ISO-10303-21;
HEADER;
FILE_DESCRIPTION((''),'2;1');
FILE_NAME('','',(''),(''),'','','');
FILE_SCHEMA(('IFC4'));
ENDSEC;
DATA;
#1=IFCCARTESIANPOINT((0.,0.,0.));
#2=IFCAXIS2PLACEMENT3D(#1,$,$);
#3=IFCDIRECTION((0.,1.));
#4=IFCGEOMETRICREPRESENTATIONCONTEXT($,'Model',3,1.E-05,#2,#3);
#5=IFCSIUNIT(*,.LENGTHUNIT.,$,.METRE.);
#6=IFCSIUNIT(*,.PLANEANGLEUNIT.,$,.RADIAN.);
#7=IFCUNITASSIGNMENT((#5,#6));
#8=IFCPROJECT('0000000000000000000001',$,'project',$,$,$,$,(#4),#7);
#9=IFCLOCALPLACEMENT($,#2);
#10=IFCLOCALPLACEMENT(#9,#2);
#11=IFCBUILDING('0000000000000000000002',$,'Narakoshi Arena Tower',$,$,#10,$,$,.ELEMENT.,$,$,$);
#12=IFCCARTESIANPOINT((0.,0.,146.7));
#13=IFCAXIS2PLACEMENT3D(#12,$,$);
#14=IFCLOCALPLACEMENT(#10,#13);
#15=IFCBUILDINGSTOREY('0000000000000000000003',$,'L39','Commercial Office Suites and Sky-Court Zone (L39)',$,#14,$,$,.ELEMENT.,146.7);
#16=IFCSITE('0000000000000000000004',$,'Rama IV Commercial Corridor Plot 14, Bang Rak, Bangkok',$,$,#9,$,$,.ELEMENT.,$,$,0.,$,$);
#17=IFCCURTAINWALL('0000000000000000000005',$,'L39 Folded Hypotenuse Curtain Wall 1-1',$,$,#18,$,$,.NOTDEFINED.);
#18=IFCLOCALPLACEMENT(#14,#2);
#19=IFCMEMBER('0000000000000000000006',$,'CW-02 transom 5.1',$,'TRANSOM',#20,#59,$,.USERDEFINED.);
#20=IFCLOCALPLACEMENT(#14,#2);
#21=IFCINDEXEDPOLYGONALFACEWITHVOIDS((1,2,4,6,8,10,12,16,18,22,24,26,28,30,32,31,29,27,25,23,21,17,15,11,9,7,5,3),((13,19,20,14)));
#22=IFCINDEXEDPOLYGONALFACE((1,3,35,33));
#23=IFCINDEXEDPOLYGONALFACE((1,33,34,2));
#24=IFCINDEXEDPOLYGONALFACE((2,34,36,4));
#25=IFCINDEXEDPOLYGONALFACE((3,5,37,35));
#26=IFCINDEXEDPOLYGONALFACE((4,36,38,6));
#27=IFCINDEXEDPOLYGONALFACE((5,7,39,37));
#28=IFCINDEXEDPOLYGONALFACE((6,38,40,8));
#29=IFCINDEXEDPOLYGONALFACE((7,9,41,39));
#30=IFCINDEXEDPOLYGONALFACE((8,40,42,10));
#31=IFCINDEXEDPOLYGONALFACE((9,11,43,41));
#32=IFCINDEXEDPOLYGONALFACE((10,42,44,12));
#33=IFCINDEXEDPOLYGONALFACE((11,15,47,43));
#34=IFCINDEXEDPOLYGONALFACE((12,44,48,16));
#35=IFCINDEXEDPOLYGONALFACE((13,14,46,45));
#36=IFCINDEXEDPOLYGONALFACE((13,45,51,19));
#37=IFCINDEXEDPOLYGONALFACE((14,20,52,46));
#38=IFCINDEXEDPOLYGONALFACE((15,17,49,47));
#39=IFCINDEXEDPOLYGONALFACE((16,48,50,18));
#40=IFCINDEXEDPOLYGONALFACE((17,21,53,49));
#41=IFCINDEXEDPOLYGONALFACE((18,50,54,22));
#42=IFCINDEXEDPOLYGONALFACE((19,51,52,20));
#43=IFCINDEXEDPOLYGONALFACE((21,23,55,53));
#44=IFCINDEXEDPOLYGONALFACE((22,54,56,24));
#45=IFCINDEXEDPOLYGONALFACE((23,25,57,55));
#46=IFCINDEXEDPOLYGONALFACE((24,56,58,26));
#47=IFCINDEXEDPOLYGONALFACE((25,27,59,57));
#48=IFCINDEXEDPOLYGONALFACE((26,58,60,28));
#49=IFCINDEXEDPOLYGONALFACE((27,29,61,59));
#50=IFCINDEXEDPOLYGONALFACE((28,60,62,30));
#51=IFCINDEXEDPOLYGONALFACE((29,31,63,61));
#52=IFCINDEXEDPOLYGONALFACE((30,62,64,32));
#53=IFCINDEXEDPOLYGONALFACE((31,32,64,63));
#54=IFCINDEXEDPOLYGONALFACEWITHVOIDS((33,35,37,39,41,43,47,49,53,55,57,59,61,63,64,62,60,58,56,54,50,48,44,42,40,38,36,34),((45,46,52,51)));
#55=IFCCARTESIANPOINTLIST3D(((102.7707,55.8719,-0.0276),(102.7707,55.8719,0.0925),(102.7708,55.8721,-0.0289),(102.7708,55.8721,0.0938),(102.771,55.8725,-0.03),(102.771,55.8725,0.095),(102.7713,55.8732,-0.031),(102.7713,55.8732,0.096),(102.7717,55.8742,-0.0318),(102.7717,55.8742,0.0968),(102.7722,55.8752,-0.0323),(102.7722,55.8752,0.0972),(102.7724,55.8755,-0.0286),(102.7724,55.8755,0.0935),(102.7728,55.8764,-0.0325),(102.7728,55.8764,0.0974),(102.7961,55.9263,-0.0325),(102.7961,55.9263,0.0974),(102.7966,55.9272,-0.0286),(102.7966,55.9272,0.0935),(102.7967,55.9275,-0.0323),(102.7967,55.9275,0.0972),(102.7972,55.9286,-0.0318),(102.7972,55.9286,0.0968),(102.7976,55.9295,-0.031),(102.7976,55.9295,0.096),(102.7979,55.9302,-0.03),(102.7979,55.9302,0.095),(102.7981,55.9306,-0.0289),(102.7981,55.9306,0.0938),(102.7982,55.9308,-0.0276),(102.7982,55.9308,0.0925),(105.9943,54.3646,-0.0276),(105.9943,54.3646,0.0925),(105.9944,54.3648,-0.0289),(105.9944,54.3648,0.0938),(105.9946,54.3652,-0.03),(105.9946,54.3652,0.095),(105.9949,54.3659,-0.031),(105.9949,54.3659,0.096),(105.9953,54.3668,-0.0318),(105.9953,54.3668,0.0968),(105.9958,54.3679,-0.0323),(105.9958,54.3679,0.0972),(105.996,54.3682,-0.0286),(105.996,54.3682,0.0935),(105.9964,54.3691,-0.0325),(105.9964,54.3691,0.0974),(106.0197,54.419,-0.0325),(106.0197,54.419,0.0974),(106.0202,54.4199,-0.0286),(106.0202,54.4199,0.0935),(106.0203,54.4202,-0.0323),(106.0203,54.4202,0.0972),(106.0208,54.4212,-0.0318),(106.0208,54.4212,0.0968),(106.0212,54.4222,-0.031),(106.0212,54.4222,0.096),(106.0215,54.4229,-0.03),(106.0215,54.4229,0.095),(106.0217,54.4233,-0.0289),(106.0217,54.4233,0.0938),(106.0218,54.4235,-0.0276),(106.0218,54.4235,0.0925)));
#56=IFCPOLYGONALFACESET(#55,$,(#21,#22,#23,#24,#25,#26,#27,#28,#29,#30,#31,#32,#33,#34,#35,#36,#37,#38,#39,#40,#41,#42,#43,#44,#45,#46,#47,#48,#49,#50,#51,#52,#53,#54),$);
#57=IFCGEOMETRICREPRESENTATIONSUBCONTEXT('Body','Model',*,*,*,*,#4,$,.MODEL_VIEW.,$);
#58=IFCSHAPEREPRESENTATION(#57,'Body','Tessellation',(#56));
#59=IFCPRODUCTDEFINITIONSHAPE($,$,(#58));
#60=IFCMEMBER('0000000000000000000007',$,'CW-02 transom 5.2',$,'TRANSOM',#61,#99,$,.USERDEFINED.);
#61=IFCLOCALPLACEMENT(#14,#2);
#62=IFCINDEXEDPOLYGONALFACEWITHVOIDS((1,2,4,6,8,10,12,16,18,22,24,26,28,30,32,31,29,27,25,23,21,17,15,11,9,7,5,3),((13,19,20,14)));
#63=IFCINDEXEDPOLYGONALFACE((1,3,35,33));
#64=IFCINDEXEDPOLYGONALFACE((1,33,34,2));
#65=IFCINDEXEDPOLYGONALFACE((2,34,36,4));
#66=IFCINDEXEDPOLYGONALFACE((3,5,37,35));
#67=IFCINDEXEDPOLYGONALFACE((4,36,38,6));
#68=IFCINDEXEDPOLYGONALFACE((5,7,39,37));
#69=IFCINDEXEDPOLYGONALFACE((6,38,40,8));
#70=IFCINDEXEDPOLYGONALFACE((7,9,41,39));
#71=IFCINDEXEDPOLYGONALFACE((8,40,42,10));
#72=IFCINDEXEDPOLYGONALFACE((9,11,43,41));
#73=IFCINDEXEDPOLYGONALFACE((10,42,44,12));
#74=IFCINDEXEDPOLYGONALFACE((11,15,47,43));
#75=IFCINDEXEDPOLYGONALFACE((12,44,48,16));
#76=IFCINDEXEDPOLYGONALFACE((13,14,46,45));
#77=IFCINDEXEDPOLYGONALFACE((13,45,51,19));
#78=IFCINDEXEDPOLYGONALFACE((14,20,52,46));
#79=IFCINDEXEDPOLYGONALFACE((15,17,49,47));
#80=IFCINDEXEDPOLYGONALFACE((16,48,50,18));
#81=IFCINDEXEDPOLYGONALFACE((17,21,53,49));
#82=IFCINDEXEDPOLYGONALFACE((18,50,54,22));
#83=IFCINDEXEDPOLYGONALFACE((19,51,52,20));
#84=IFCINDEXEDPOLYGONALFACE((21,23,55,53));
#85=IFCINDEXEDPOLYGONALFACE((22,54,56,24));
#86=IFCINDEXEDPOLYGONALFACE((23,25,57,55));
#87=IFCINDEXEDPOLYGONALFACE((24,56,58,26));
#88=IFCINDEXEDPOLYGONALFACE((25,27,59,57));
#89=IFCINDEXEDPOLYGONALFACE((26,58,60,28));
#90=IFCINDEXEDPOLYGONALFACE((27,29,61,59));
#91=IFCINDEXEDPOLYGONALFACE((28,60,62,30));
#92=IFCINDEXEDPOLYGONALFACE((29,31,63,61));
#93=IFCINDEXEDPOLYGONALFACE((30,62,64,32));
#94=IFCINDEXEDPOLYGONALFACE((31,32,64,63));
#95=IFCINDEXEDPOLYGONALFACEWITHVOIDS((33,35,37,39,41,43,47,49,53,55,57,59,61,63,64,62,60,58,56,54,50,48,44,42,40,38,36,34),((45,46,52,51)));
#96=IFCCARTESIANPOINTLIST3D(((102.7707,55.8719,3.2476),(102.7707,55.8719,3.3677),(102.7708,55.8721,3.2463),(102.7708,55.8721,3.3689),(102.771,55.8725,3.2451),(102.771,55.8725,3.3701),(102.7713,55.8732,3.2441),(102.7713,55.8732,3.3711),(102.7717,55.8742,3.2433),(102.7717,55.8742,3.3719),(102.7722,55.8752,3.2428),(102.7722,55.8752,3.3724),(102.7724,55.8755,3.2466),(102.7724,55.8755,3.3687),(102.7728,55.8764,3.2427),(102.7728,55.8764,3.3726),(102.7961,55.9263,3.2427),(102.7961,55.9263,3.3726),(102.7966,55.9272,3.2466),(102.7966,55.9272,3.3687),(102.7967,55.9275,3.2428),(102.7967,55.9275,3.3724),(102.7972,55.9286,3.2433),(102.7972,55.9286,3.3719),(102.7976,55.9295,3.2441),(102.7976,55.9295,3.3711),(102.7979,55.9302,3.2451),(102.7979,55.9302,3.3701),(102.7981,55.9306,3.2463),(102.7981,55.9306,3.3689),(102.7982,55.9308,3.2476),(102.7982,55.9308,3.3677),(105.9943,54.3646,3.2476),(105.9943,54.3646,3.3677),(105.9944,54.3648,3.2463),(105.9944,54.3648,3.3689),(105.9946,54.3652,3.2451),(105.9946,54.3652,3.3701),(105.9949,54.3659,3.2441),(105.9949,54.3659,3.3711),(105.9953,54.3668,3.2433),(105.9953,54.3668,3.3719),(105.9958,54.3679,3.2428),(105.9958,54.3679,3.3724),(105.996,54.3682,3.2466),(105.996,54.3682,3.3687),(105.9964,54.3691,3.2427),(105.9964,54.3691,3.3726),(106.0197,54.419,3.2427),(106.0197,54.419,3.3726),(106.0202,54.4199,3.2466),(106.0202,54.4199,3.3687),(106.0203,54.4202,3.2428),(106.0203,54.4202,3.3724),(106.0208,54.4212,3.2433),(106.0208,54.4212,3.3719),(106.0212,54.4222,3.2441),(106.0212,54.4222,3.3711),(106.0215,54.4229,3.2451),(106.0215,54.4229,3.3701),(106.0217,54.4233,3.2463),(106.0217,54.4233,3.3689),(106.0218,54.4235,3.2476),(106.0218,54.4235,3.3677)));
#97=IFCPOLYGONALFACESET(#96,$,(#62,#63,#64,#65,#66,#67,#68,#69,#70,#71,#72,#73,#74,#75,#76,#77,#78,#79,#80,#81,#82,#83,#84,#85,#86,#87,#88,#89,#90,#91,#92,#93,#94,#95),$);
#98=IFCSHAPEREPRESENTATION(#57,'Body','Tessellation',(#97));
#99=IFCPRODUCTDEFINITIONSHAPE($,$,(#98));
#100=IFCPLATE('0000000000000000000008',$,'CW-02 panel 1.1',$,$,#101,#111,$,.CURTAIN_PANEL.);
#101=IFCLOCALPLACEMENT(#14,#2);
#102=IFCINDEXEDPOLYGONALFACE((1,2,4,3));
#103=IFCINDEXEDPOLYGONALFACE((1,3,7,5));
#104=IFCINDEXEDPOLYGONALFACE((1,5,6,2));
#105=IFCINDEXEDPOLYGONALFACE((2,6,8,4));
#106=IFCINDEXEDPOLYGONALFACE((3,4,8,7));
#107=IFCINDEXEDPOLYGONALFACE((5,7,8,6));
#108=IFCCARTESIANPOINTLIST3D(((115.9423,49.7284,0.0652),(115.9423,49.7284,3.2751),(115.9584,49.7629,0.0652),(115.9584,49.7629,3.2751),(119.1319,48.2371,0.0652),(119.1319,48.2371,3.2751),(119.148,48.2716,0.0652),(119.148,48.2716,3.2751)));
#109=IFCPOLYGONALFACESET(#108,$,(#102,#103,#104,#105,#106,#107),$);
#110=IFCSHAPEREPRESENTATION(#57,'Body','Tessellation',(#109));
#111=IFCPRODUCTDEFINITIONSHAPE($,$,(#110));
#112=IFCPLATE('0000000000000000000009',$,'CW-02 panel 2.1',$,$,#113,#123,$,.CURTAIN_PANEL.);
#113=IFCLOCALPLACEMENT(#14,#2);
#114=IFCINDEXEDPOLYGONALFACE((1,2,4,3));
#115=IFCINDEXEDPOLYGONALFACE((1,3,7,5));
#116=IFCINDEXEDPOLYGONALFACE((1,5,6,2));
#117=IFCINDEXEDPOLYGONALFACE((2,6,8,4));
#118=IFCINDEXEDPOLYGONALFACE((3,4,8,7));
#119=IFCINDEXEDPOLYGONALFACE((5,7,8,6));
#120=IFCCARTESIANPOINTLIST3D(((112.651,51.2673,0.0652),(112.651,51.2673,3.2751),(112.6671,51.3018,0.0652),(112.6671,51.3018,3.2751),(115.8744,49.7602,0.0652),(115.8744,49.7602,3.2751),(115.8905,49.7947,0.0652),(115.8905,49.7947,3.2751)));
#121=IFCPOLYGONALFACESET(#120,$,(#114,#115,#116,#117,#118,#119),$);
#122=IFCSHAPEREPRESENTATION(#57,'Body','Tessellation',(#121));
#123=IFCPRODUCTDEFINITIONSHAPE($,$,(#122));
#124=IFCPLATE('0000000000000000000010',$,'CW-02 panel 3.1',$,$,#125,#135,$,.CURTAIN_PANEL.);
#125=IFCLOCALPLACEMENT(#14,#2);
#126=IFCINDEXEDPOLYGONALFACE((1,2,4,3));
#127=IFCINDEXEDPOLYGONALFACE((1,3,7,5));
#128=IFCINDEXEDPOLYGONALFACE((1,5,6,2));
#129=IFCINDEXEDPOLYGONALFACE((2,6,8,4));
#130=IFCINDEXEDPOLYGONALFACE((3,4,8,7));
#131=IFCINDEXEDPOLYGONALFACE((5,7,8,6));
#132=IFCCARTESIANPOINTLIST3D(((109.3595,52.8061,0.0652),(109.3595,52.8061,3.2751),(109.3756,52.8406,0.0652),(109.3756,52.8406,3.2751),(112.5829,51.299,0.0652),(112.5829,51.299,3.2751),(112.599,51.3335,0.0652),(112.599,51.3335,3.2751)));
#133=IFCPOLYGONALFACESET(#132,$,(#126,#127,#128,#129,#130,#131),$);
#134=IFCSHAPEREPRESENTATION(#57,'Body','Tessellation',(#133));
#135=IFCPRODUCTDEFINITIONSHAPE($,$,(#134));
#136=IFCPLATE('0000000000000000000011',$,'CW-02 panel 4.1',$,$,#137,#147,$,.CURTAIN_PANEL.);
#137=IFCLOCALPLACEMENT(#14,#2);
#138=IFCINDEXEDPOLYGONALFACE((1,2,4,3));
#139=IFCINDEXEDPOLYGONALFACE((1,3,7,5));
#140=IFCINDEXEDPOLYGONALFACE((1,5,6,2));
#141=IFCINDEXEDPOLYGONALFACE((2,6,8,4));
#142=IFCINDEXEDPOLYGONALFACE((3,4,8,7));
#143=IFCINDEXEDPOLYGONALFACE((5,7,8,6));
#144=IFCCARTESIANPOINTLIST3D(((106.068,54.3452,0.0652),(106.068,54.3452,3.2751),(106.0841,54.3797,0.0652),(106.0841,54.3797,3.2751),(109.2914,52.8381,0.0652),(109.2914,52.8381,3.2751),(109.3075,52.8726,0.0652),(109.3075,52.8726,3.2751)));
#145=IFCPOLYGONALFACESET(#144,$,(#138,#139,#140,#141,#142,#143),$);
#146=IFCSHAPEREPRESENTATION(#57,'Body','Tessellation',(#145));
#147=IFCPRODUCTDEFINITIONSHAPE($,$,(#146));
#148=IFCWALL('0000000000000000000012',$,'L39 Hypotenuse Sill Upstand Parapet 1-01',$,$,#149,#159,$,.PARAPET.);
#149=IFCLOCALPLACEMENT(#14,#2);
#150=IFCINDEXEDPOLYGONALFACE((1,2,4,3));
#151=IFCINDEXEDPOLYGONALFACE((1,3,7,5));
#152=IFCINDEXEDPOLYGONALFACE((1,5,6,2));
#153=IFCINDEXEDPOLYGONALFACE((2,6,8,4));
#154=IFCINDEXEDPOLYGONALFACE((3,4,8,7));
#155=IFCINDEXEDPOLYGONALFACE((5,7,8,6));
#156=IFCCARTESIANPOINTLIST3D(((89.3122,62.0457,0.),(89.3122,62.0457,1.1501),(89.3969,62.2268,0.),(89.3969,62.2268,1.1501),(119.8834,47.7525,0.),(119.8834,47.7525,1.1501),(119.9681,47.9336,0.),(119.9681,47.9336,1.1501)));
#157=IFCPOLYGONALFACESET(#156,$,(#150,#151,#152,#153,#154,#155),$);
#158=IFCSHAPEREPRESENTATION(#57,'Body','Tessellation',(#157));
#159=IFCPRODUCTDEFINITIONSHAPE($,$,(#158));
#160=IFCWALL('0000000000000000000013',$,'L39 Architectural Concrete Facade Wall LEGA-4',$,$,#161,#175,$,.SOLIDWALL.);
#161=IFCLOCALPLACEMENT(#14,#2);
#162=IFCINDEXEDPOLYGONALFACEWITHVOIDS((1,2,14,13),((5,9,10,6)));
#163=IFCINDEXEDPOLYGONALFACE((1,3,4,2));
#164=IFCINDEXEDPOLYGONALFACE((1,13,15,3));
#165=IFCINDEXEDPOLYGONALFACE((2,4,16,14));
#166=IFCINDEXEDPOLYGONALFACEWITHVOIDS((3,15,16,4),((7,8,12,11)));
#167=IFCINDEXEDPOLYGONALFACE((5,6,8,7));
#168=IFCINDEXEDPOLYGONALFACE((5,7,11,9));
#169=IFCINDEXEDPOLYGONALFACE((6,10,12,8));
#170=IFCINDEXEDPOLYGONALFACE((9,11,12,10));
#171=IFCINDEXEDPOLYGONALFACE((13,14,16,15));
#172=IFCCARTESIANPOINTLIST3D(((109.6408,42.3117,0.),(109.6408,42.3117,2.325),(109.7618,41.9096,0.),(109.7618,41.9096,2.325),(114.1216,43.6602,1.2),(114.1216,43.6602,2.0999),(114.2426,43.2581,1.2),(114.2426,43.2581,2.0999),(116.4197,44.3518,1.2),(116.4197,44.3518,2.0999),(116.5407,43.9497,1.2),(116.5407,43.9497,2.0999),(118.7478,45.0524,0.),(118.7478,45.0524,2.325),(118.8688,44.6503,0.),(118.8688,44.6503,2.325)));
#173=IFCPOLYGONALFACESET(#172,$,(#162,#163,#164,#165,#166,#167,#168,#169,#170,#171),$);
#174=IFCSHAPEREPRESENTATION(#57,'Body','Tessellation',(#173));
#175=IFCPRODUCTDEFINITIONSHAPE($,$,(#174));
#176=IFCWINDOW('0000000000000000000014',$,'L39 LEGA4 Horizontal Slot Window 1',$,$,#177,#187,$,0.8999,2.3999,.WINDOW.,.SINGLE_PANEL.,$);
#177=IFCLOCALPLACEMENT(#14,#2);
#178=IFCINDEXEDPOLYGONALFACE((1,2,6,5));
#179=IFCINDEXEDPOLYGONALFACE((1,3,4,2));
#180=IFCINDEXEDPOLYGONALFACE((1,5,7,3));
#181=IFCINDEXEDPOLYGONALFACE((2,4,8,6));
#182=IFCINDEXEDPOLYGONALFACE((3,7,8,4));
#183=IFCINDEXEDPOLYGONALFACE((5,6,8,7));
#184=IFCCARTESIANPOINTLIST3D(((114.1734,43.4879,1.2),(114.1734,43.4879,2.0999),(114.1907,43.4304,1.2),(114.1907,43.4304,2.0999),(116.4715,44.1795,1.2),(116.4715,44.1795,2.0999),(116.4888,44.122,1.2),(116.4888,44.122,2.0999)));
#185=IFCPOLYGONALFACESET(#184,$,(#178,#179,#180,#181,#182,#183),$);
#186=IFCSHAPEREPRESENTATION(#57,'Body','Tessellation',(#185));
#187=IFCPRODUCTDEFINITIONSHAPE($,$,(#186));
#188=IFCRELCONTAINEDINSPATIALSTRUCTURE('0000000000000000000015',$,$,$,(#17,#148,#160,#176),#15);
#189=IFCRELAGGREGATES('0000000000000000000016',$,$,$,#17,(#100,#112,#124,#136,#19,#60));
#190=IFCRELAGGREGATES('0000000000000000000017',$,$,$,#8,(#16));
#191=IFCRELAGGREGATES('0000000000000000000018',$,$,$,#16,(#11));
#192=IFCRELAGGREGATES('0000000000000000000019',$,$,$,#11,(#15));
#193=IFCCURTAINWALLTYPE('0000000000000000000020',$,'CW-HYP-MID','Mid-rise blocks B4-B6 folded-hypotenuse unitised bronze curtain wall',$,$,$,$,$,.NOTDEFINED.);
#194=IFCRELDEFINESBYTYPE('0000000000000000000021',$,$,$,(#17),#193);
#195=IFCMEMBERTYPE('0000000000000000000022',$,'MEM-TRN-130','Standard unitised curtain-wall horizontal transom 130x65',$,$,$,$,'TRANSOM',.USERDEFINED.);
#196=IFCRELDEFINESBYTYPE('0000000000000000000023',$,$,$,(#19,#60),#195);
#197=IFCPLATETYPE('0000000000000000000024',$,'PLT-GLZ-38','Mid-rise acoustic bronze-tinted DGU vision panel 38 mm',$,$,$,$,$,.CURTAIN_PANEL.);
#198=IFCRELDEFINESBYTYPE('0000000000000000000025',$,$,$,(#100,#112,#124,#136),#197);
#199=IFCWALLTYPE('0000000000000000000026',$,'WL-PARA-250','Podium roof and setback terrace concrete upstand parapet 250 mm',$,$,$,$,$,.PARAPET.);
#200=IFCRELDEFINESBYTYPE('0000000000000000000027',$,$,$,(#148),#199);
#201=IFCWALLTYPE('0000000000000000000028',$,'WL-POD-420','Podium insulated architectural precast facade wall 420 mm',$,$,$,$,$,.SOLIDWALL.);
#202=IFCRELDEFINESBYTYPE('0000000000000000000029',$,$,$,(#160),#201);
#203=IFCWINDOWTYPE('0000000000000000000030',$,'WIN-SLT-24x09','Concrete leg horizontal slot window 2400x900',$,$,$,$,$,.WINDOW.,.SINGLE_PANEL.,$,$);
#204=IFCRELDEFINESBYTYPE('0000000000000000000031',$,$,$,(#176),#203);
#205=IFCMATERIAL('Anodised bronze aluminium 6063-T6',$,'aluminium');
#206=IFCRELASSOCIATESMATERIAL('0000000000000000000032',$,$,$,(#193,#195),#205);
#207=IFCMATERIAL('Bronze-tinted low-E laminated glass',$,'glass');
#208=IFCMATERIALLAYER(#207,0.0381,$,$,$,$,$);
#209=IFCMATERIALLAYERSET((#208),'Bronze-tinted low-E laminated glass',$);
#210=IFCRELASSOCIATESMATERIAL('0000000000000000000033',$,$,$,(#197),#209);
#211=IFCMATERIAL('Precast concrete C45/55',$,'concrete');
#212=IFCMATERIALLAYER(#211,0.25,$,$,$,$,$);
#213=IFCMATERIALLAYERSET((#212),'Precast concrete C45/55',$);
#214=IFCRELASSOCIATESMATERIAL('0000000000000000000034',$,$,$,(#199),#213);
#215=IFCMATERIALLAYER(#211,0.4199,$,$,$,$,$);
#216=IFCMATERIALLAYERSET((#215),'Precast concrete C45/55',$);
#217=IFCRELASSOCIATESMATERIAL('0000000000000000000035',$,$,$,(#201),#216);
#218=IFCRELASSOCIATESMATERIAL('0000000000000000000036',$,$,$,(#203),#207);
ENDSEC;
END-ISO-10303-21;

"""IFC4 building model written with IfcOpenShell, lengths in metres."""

from ifc_helpers import new_model, si_unit, direction, frame, frame_2d, origin, origin_2d, place, context, subcontext, project, spatial, rectangle, hollow_rectangle, extrude, material, layer, layer_set, material_profile, profile_set, type_object, element, fill, aggregate, save


model = new_model("IFC4")

# Units and contexts
model_context = context("Model", 3, precision=1e-05, world=origin(), true_north=direction((0.0, 1.0)))
body_context = subcontext(model_context, "Body", "Model", "MODEL_VIEW")
ifc_project = project(units=[si_unit("LENGTHUNIT", "METRE"), si_unit("PLANEANGLEUNIT", "RADIAN")], contexts=[model_context])

# Site, building, storey
site_placement = place(None, origin())
site = spatial("IfcSite", under=ifc_project, at=site_placement, Name="Rama IV Commercial Corridor Plot 14, Bang Rak, Bangkok", CompositionType="ELEMENT", RefElevation=0.0)
building_placement = place(site_placement, origin())
building = spatial("IfcBuilding", under=site, at=building_placement, Name="Narakoshi Arena Tower", CompositionType="ELEMENT")
storey_placement = place(building_placement, frame((0.0, 0.0, 146.7)))
storey = spatial("IfcBuildingStorey", under=building, at=storey_placement, Name="L39", Description="Commercial Office Suites and Sky-Court Zone (L39)", CompositionType="ELEMENT", Elevation=146.7)

# Curtain wall, members, plates
ifc_material_1 = material(Name="Anodised bronze aluminium 6063-T6", Category="aluminium")
curtain_wall_type = type_object("IfcCurtainWallType", Name="CW-HYP-MID", Description="Mid-rise blocks B4-B6 folded-hypotenuse unitised bronze curtain wall", PredefinedType="NOTDEFINED", material=ifc_material_1)
curtain_wall_placement = place(storey_placement, origin())
curtain_wall = element("IfcCurtainWall", 1, at=curtain_wall_placement, inside=storey, type_object=curtain_wall_type, Name="L39 Folded Hypotenuse Curtain Wall 1-1", PredefinedType="NOTDEFINED")
ifc_material_profile_1 = material_profile(ifc_material_1, hollow_rectangle(XDim=0.0649, YDim=0.1299, WallThickness=0.0039, OuterFilletRadius=0.0049, at=origin_2d()), Name="TRN130x65x4")
ifc_profile_set_1 = profile_set([ifc_material_profile_1], Name="Anodised bronze aluminium 6063-T6")
member_type_1 = type_object("IfcMemberType", Name="MEM-TRN-130", Description="Standard unitised curtain-wall horizontal transom 130x65", ElementType="TRANSOM", PredefinedType="USERDEFINED", material=ifc_profile_set_1)
member_1_placement = place(storey_placement, frame((106.0081, 54.394, 0.0325), z_axis=(-0.905864, 0.423569, 0.0), x_axis=(-0.423569, -0.905864, 0.0)))
member_1 = element("IfcMember", 2, at=member_1_placement, type_object=member_type_1, Name="CW-02 transom 5.1", ObjectType="TRANSOM", PredefinedType="USERDEFINED", context=body_context, shape_type="SweptSolid", body=[
    extrude(hollow_rectangle(XDim=0.0649, YDim=0.1299, WallThickness=0.0039, OuterFilletRadius=0.0049, at=origin_2d()), origin(), (0.0, 0.0, 1.0), 3.5586),
])
member_2_placement = place(storey_placement, frame((106.0081, 54.394, 3.3076), z_axis=(-0.905864, 0.423569, 0.0), x_axis=(-0.423569, -0.905864, 0.0)))
member_2 = element("IfcMember", 3, at=member_2_placement, type_object=member_type_1, Name="CW-02 transom 5.2", ObjectType="TRANSOM", PredefinedType="USERDEFINED", context=body_context, shape_type="SweptSolid", body=[
    extrude(hollow_rectangle(XDim=0.0649, YDim=0.1299, WallThickness=0.0039, OuterFilletRadius=0.0049, at=origin_2d()), origin(), (0.0, 0.0, 1.0), 3.5586),
])
ifc_material_2 = material(Name="Bronze-tinted low-E laminated glass", Category="glass")
ifc_layer_1 = layer(ifc_material_2, 0.0381)
ifc_layer_set_1 = layer_set([ifc_layer_1], Name="Bronze-tinted low-E laminated glass")
plate_type = type_object("IfcPlateType", Name="PLT-GLZ-38", Description="Mid-rise acoustic bronze-tinted DGU vision panel 38 mm", PredefinedType="CURTAIN_PANEL", material=ifc_layer_set_1)
plate_1_placement = place(storey_placement, frame((117.5452, 49.0, 0.0652), z_axis=(0.0, 0.0, 1.0), x_axis=(-0.905881, 0.423532, 0.0)))
plate_1 = element("IfcPlate", 4, at=plate_1_placement, type_object=plate_type, Name="CW-02 panel 1.1", PredefinedType="CURTAIN_PANEL", context=body_context, shape_type="SweptSolid", body=[
    extrude(rectangle(XDim=3.521, YDim=0.0381, at=origin_2d()), origin(), (0.0, 0.0, 1.0), 3.21),
])
plate_2_placement = place(storey_placement, frame((114.2708, 50.531, 0.0652), z_axis=(0.0, 0.0, 1.0), x_axis=(-0.905881, 0.423532, 0.0)))
plate_2 = element("IfcPlate", 5, at=plate_2_placement, type_object=plate_type, Name="CW-02 panel 2.1", PredefinedType="CURTAIN_PANEL", context=body_context, shape_type="SweptSolid", body=[
    extrude(rectangle(XDim=3.5583, YDim=0.0381, at=origin_2d()), origin(), (0.0, 0.0, 1.0), 3.21),
])
plate_3_placement = place(storey_placement, frame((110.9792, 52.0698, 0.0652), z_axis=(0.0, 0.0, 1.0), x_axis=(-0.905881, 0.423532, 0.0)))
plate_3 = element("IfcPlate", 6, at=plate_3_placement, type_object=plate_type, Name="CW-02 panel 3.1", PredefinedType="CURTAIN_PANEL", context=body_context, shape_type="SweptSolid", body=[
    extrude(rectangle(XDim=3.5583, YDim=0.0381, at=origin_2d()), origin(), (0.0, 0.0, 1.0), 3.21),
])
plate_4_placement = place(storey_placement, frame((107.6877, 53.6089, 0.0652), z_axis=(0.0, 0.0, 1.0), x_axis=(-0.905881, 0.423532, 0.0)))
plate_4 = element("IfcPlate", 7, at=plate_4_placement, type_object=plate_type, Name="CW-02 panel 4.1", PredefinedType="CURTAIN_PANEL", context=body_context, shape_type="SweptSolid", body=[
    extrude(rectangle(XDim=3.5583, YDim=0.0381, at=origin_2d()), origin(), (0.0, 0.0, 1.0), 3.21),
])
aggregate(curtain_wall, [plate_1, plate_2, plate_3, plate_4, member_1, member_2])

# Wall
ifc_material_3 = material(Name="Precast concrete C45/55", Category="concrete")
ifc_layer_2 = layer(ifc_material_3, 0.25)
ifc_layer_set_2 = layer_set([ifc_layer_2], Name="Precast concrete C45/55")
wall_type_1 = type_object("IfcWallType", Name="WL-PARA-250", Description="Podium roof and setback terrace concrete upstand parapet 250 mm", PredefinedType="PARAPET", material=ifc_layer_set_2)
wall_1_placement = place(storey_placement, frame((119.9258, 47.843, 0.0), z_axis=(0.0, 0.0, 1.0), x_axis=(-0.905881, 0.423533, 0.0)))
element("IfcWall", 8, at=wall_1_placement, inside=storey, type_object=wall_type_1, Name="L39 Hypotenuse Sill Upstand Parapet 1-01", PredefinedType="PARAPET", context=body_context, shape_type="SweptSolid", body=[
    extrude(rectangle(XDim=33.7476, YDim=0.2, at=frame_2d((16.8738, 0.0))), origin(), (0.0, 0.0, 1.0), 1.1501),
])

# Wall, opening, window
ifc_layer_3 = layer(ifc_material_3, 0.4199)
ifc_layer_set_3 = layer_set([ifc_layer_3], Name="Precast concrete C45/55")
wall_type_2 = type_object("IfcWallType", Name="WL-POD-420", Description="Podium insulated architectural precast facade wall 420 mm", PredefinedType="SOLIDWALL", material=ifc_layer_set_3)
wall_2_placement = place(storey_placement, frame((109.7012, 42.1106, 0.0), z_axis=(0.0, 0.0, 1.0), x_axis=(0.957576, 0.288181, 0.0)))
wall_2 = element("IfcWall", 9, at=wall_2_placement, inside=storey, type_object=wall_type_2, Name="L39 Architectural Concrete Facade Wall LEGA-4", PredefinedType="SOLIDWALL", context=body_context, shape_type="SweptSolid", body=[
    extrude(rectangle(XDim=9.5105, YDim=0.4199, at=frame_2d((4.7554, 0.0))), origin(), (0.0, 0.0, 1.0), 2.325),
])
opening_1_placement = place(wall_2_placement, frame((4.6794, 0.0, 1.2)))
opening_1 = element("IfcOpeningElement", 10, at=opening_1_placement, cuts=wall_2, PredefinedType="OPENING", context=body_context, shape_type="SweptSolid", body=[
    extrude(rectangle(XDim=2.3999, YDim=0.8999, at=frame_2d((1.2, 0.45))), frame((0.0, 0.22, 0.0), z_axis=(0.0, -1.0, 0.0), x_axis=(1.0, 0.0, 0.0)), (0.0, 0.0, 1.0), 0.4399),
])
window_type = type_object("IfcWindowType", Name="WIN-SLT-24x09", Description="Concrete leg horizontal slot window 2400x900", PartitioningType="SINGLE_PANEL", PredefinedType="WINDOW", material=ifc_material_2)
window_placement = place(opening_1_placement, origin())
window = element("IfcWindow", 11, at=window_placement, inside=storey, type_object=window_type, Name="L39 LEGA4 Horizontal Slot Window 1", OverallHeight=0.8999, OverallWidth=2.3999, PartitioningType="SINGLE_PANEL", PredefinedType="WINDOW", context=body_context, shape_type="SweptSolid", body=[
    extrude(rectangle(XDim=2.3999, YDim=0.8999, at=frame_2d((1.2, 0.45))), frame((0.0, 0.03, 0.0), z_axis=(0.0, -1.0, 0.0), x_axis=(1.0, 0.0, 0.0)), (0.0, 0.0, 1.0), 0.0601),
])
fill(opening_1, window)

save(model, "model.ifc")
